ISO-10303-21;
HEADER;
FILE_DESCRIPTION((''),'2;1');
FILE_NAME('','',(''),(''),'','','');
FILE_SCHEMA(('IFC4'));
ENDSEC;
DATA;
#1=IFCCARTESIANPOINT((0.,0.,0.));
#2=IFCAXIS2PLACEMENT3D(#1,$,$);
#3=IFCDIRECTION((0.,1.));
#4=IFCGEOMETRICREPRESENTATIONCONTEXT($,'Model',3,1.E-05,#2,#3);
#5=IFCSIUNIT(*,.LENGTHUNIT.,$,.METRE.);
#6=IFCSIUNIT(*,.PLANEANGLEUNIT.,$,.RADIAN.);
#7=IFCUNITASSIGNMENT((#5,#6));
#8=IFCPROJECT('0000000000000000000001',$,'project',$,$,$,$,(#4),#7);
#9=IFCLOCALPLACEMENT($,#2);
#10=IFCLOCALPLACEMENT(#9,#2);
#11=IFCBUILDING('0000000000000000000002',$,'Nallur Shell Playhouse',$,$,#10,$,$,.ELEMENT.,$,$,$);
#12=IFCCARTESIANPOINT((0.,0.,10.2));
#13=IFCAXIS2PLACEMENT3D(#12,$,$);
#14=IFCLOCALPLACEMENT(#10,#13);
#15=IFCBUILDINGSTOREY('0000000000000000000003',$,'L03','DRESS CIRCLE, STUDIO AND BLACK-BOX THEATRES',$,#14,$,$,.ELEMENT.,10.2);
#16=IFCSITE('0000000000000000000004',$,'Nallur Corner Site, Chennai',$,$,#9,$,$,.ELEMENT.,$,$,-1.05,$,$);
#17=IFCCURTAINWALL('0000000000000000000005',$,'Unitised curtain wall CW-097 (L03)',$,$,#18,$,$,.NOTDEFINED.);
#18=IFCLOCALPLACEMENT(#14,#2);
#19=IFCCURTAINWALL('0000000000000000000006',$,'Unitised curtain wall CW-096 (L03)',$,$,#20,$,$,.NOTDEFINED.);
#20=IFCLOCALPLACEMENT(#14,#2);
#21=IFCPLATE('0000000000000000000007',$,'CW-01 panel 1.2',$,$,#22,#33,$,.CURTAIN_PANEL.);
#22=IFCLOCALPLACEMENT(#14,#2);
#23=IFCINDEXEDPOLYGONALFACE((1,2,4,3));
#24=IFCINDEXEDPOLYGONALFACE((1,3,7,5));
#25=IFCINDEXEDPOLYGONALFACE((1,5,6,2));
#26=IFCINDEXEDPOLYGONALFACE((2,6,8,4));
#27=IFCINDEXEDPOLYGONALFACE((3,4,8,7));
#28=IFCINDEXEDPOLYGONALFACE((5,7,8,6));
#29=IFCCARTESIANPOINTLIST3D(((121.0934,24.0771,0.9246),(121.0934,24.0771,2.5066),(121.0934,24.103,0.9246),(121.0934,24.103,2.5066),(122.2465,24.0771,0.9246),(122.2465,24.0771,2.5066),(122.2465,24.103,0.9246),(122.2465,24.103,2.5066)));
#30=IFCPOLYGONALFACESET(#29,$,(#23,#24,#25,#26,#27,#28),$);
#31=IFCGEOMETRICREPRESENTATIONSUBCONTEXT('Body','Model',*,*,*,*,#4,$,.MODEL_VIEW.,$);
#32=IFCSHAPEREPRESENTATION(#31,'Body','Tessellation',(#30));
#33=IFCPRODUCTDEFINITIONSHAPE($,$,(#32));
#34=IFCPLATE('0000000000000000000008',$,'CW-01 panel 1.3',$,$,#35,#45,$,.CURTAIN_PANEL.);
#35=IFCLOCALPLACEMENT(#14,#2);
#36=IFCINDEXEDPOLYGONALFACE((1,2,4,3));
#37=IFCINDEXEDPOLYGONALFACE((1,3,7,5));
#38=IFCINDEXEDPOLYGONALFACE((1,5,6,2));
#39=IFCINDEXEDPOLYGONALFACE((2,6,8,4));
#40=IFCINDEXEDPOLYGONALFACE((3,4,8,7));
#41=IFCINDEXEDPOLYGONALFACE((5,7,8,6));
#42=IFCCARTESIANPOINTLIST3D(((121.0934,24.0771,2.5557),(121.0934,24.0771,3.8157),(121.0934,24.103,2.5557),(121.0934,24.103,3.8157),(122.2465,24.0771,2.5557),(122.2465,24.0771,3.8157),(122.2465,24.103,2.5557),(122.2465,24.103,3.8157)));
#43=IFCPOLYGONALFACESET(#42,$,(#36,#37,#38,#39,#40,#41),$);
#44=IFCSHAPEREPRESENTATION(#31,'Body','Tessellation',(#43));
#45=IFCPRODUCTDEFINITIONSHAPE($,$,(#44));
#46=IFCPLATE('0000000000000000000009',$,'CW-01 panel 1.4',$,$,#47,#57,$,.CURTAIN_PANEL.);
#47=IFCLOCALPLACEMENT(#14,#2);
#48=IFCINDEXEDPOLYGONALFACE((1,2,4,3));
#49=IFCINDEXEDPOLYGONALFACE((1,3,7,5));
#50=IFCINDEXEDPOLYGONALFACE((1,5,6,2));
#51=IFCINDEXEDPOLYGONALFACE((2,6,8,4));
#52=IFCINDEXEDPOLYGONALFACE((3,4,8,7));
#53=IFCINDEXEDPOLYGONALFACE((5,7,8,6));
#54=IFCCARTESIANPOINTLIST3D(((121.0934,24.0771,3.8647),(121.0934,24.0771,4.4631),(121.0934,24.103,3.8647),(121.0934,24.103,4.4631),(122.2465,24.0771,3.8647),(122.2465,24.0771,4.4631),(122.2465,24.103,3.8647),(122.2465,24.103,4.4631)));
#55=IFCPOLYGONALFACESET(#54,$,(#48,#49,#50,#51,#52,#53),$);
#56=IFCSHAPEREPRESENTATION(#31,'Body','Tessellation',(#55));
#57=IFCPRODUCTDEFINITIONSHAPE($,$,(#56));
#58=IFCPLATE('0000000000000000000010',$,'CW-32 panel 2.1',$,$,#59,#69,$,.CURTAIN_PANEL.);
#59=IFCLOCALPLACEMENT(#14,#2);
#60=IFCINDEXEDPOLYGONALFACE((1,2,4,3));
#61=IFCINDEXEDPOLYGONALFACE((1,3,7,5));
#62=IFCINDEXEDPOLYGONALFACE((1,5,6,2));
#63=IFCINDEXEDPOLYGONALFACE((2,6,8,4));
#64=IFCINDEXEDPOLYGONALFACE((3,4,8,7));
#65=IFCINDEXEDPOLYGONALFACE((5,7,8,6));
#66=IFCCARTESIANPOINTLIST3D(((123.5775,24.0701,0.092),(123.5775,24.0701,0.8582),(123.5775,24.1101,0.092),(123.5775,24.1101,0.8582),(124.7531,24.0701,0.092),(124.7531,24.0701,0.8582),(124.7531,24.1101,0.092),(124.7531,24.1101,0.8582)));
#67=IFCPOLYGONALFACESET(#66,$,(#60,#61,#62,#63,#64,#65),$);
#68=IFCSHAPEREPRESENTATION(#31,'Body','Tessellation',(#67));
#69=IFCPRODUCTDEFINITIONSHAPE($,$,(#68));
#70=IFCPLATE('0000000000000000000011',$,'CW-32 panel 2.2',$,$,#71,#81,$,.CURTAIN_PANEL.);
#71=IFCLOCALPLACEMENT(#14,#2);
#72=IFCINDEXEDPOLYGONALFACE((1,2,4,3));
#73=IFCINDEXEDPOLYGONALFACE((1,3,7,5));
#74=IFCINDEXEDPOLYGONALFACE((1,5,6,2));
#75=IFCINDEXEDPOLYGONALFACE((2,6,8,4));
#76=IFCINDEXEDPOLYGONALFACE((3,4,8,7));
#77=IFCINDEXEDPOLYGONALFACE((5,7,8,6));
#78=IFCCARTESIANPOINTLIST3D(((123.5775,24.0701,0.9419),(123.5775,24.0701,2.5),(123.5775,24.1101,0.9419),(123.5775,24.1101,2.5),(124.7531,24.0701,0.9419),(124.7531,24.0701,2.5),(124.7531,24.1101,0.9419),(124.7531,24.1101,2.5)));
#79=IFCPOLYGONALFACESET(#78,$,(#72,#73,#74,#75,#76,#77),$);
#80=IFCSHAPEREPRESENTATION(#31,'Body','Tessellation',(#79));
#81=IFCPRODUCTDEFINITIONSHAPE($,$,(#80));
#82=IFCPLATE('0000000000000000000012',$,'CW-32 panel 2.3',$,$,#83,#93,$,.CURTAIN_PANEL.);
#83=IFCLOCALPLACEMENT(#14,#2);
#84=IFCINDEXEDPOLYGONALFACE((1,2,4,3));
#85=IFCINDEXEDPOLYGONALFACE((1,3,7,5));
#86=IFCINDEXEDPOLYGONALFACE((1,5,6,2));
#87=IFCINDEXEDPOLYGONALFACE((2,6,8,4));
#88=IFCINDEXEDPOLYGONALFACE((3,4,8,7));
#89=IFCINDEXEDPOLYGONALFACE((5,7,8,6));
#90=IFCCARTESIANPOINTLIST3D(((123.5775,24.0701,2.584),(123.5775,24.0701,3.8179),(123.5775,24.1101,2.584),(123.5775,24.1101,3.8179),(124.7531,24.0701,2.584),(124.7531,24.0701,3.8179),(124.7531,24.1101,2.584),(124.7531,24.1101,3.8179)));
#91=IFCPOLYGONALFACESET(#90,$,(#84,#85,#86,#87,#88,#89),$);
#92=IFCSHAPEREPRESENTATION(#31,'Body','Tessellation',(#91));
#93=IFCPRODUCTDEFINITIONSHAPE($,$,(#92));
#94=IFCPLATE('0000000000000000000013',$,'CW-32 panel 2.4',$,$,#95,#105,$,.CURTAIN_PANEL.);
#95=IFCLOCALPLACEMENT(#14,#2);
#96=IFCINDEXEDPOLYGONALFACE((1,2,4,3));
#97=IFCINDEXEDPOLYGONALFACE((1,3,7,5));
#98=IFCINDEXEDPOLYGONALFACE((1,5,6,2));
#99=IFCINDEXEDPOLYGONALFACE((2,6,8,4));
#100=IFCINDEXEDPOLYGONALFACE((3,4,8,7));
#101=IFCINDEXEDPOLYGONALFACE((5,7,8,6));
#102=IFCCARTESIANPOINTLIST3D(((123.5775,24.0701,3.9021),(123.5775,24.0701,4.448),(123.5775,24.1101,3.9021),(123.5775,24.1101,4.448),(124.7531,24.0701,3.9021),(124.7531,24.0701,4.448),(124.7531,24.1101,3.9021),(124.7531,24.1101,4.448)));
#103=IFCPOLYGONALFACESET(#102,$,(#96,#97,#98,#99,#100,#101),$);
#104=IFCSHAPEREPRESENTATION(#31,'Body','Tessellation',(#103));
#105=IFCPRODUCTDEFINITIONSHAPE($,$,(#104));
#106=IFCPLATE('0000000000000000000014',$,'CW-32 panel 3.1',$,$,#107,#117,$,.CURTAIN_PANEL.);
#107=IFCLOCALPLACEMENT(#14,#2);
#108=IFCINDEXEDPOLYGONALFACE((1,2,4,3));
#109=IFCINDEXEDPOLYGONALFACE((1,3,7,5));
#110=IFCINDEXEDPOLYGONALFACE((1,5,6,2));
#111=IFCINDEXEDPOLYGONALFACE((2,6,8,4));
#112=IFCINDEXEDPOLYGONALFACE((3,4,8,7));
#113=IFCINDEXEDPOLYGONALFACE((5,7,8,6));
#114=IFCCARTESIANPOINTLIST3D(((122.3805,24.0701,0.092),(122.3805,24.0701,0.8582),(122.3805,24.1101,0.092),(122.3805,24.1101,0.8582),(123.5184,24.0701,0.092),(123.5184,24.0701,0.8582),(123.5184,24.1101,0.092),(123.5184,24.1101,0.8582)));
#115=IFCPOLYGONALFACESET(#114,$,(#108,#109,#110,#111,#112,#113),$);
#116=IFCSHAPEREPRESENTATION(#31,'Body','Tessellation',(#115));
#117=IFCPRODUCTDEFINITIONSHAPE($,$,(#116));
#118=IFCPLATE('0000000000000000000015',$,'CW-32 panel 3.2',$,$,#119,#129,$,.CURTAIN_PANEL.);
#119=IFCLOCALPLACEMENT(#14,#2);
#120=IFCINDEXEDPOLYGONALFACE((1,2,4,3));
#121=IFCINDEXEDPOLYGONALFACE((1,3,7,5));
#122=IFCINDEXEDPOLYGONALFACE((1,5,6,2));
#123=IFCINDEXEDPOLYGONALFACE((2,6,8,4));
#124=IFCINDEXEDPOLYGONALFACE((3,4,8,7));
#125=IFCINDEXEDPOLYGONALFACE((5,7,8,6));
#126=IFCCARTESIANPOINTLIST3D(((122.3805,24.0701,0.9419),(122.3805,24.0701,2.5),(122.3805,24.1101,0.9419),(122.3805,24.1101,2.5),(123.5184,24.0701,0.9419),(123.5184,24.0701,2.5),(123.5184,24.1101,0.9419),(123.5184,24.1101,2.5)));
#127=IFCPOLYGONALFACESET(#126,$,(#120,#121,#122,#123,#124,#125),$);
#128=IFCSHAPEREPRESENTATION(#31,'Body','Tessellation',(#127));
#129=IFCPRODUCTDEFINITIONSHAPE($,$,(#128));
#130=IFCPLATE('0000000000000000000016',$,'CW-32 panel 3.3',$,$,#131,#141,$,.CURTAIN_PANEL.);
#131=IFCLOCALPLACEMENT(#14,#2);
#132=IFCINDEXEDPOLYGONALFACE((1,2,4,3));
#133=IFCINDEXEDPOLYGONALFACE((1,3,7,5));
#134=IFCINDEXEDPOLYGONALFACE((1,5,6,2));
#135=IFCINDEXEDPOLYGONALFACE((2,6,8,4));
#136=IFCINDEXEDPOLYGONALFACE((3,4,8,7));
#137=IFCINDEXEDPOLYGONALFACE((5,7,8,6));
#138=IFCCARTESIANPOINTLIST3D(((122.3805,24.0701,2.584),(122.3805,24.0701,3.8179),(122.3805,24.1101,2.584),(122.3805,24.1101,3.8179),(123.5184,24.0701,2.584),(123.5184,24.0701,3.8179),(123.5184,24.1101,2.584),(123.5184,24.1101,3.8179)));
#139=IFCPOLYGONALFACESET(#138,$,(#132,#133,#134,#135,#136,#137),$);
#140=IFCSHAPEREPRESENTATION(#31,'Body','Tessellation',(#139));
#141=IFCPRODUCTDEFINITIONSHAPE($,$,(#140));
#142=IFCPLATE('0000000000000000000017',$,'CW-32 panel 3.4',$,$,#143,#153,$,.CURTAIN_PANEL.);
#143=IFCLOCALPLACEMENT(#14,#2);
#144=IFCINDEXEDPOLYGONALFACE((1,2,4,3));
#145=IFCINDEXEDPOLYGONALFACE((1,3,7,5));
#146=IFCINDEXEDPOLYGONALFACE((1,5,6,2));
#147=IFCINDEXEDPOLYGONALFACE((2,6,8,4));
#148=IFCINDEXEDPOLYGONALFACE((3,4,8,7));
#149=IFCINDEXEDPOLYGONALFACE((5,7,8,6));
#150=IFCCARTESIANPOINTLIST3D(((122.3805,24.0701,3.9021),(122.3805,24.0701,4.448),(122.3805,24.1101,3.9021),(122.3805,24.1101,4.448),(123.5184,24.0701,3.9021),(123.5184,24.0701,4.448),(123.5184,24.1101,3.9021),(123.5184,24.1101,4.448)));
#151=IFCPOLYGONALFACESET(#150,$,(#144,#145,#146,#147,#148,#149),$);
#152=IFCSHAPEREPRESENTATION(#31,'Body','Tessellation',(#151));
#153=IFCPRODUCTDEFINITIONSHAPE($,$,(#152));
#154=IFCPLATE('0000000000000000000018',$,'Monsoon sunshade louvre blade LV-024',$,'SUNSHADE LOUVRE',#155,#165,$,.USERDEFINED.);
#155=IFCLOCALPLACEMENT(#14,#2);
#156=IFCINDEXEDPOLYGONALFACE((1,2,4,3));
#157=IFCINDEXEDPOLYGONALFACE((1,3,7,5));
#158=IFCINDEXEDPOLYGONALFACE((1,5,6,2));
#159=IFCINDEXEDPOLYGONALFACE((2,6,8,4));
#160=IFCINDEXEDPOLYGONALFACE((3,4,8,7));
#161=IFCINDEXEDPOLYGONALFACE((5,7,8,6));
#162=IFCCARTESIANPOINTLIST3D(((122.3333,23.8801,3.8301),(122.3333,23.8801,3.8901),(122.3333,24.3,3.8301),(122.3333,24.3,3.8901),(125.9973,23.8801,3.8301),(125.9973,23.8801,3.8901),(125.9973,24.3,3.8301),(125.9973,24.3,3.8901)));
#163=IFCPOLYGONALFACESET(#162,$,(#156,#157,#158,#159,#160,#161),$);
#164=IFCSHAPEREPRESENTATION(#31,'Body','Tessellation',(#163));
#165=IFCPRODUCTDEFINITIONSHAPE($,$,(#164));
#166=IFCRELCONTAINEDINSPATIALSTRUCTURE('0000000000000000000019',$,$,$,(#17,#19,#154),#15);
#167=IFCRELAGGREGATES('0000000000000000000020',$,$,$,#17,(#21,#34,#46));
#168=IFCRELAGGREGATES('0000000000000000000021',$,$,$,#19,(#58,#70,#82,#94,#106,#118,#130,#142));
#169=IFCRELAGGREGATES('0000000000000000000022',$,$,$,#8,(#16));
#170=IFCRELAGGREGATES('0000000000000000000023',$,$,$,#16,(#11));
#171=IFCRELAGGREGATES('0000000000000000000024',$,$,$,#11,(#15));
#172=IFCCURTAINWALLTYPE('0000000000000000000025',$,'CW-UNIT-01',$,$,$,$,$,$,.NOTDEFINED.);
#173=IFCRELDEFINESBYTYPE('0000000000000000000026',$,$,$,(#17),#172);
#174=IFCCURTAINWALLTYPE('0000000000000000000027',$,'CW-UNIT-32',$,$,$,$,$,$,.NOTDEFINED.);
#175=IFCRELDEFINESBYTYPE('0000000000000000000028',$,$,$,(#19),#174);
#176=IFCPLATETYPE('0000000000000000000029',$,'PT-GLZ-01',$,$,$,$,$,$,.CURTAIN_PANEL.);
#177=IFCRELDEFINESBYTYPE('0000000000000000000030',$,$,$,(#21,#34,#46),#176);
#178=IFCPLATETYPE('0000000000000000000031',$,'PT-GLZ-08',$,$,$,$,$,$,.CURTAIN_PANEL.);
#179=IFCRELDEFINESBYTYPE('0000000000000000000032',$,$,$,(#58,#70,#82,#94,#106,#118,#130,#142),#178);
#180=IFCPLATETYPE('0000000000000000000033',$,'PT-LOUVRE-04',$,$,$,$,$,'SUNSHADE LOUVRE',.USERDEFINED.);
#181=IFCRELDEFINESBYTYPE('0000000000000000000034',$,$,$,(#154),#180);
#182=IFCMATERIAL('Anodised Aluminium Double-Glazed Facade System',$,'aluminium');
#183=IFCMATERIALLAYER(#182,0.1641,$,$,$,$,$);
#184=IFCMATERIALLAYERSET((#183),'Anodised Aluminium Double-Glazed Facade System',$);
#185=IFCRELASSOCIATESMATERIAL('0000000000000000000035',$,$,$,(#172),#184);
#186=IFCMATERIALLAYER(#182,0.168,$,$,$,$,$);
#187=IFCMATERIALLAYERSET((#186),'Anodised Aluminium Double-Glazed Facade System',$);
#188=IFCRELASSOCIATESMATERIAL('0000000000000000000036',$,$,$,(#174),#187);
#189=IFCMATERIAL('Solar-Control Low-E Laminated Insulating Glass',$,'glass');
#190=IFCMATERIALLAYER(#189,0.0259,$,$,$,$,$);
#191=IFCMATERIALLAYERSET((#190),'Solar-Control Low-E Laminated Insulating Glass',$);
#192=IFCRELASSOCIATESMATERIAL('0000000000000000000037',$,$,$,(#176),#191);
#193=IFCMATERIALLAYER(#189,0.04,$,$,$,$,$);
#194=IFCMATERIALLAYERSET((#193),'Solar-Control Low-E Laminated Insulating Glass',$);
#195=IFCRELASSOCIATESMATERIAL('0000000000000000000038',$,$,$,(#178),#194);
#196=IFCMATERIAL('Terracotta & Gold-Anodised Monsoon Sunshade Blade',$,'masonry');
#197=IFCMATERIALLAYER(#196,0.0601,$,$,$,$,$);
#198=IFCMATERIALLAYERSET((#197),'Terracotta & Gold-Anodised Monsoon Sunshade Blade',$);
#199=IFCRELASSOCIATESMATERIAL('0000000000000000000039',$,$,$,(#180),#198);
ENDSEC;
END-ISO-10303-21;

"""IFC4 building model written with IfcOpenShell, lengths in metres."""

from ifc_helpers import new_model, si_unit, direction, frame, origin, origin_2d, place, context, subcontext, project, spatial, rectangle, extrude, material, layer, layer_set, type_object, element, aggregate, save


model = new_model("IFC4")

# Units and contexts
model_context = context("Model", 3, precision=1e-05, world=origin(), true_north=direction((0.0, 1.0)))
body_context = subcontext(model_context, "Body", "Model", "MODEL_VIEW")
ifc_project = project(units=[si_unit("LENGTHUNIT", "METRE"), si_unit("PLANEANGLEUNIT", "RADIAN")], contexts=[model_context])

# Site, building, storey
site_placement = place(None, origin())
site = spatial("IfcSite", under=ifc_project, at=site_placement, Name="Nallur Corner Site, Chennai", CompositionType="ELEMENT", RefElevation=-1.05)
building_placement = place(site_placement, origin())
building = spatial("IfcBuilding", under=site, at=building_placement, Name="Nallur Shell Playhouse", CompositionType="ELEMENT")
storey_placement = place(building_placement, frame((0.0, 0.0, 10.2)))
storey = spatial("IfcBuildingStorey", under=building, at=storey_placement, Name="L03", Description="DRESS CIRCLE, STUDIO AND BLACK-BOX THEATRES", CompositionType="ELEMENT", Elevation=10.2)

# Curtain walls
ifc_material_1 = material(Name="Anodised Aluminium Double-Glazed Facade System", Category="aluminium")
ifc_layer_1 = layer(ifc_material_1, 0.1641)
ifc_layer_set_1 = layer_set([ifc_layer_1], Name="Anodised Aluminium Double-Glazed Facade System")
curtain_wall_type_1 = type_object("IfcCurtainWallType", Name="CW-UNIT-01", PredefinedType="NOTDEFINED", material=ifc_layer_set_1)
curtain_wall_1_placement = place(storey_placement, origin())
curtain_wall_1 = element("IfcCurtainWall", 1, at=curtain_wall_1_placement, inside=storey, type_object=curtain_wall_type_1, Name="Unitised curtain wall CW-097 (L03)", PredefinedType="NOTDEFINED")
ifc_layer_2 = layer(ifc_material_1, 0.168)
ifc_layer_set_2 = layer_set([ifc_layer_2], Name="Anodised Aluminium Double-Glazed Facade System")
curtain_wall_type_2 = type_object("IfcCurtainWallType", Name="CW-UNIT-32", PredefinedType="NOTDEFINED", material=ifc_layer_set_2)
curtain_wall_2_placement = place(storey_placement, origin())
curtain_wall_2 = element("IfcCurtainWall", 2, at=curtain_wall_2_placement, inside=storey, type_object=curtain_wall_type_2, Name="Unitised curtain wall CW-096 (L03)", PredefinedType="NOTDEFINED")

# Plates
ifc_material_2 = material(Name="Solar-Control Low-E Laminated Insulating Glass", Category="glass")
ifc_layer_3 = layer(ifc_material_2, 0.0259)
ifc_layer_set_3 = layer_set([ifc_layer_3], Name="Solar-Control Low-E Laminated Insulating Glass")
plate_type_1 = type_object("IfcPlateType", Name="PT-GLZ-01", PredefinedType="CURTAIN_PANEL", material=ifc_layer_set_3)
plate_1_placement = place(storey_placement, frame((121.6699, 24.0901, 0.9246), z_axis=(0.0, 0.0, 1.0), x_axis=(-1.0, 0.0, 0.0)))
plate_1 = element("IfcPlate", 3, at=plate_1_placement, type_object=plate_type_1, Name="CW-01 panel 1.2", PredefinedType="CURTAIN_PANEL", context=body_context, shape_type="SweptSolid", body=[
    extrude(rectangle(XDim=1.1531, YDim=0.0259, at=origin_2d()), origin(), (0.0, 0.0, 1.0), 1.582),
])
plate_2_placement = place(storey_placement, frame((121.6699, 24.0901, 2.5557), z_axis=(0.0, 0.0, 1.0), x_axis=(-1.0, 0.0, 0.0)))
plate_2 = element("IfcPlate", 4, at=plate_2_placement, type_object=plate_type_1, Name="CW-01 panel 1.3", PredefinedType="CURTAIN_PANEL", context=body_context, shape_type="SweptSolid", body=[
    extrude(rectangle(XDim=1.1531, YDim=0.0259, at=origin_2d()), origin(), (0.0, 0.0, 1.0), 1.26),
])
plate_3_placement = place(storey_placement, frame((121.6699, 24.0901, 3.8647), z_axis=(0.0, 0.0, 1.0), x_axis=(-1.0, 0.0, 0.0)))
plate_3 = element("IfcPlate", 5, at=plate_3_placement, type_object=plate_type_1, Name="CW-01 panel 1.4", PredefinedType="CURTAIN_PANEL", context=body_context, shape_type="SweptSolid", body=[
    extrude(rectangle(XDim=1.1531, YDim=0.0259, at=origin_2d()), origin(), (0.0, 0.0, 1.0), 0.5984),
])
aggregate(curtain_wall_1, [plate_1, plate_2, plate_3])
ifc_layer_4 = layer(ifc_material_2, 0.04)
ifc_layer_set_4 = layer_set([ifc_layer_4], Name="Solar-Control Low-E Laminated Insulating Glass")
plate_type_2 = type_object("IfcPlateType", Name="PT-GLZ-08", PredefinedType="CURTAIN_PANEL", material=ifc_layer_set_4)
plate_4_placement = place(storey_placement, frame((124.1653, 24.0901, 0.092), z_axis=(0.0, 0.0, 1.0), x_axis=(-1.0, 0.0, 0.0)))
plate_4 = element("IfcPlate", 6, at=plate_4_placement, type_object=plate_type_2, Name="CW-32 panel 2.1", PredefinedType="CURTAIN_PANEL", context=body_context, shape_type="SweptSolid", body=[
    extrude(rectangle(XDim=1.1755, YDim=0.04, at=origin_2d()), origin(), (0.0, 0.0, 1.0), 0.7661),
])
plate_5_placement = place(storey_placement, frame((124.1653, 24.0901, 0.9419), z_axis=(0.0, 0.0, 1.0), x_axis=(-1.0, 0.0, 0.0)))
plate_5 = element("IfcPlate", 7, at=plate_5_placement, type_object=plate_type_2, Name="CW-32 panel 2.2", PredefinedType="CURTAIN_PANEL", context=body_context, shape_type="SweptSolid", body=[
    extrude(rectangle(XDim=1.1755, YDim=0.04, at=origin_2d()), origin(), (0.0, 0.0, 1.0), 1.5581),
])
plate_6_placement = place(storey_placement, frame((124.1653, 24.0901, 2.584), z_axis=(0.0, 0.0, 1.0), x_axis=(-1.0, 0.0, 0.0)))
plate_6 = element("IfcPlate", 8, at=plate_6_placement, type_object=plate_type_2, Name="CW-32 panel 2.3", PredefinedType="CURTAIN_PANEL", context=body_context, shape_type="SweptSolid", body=[
    extrude(rectangle(XDim=1.1755, YDim=0.04, at=origin_2d()), origin(), (0.0, 0.0, 1.0), 1.2339),
])
plate_7_placement = place(storey_placement, frame((124.1653, 24.0901, 3.9021), z_axis=(0.0, 0.0, 1.0), x_axis=(-1.0, 0.0, 0.0)))
plate_7 = element("IfcPlate", 9, at=plate_7_placement, type_object=plate_type_2, Name="CW-32 panel 2.4", PredefinedType="CURTAIN_PANEL", context=body_context, shape_type="SweptSolid", body=[
    extrude(rectangle(XDim=1.1755, YDim=0.04, at=origin_2d()), origin(), (0.0, 0.0, 1.0), 0.5459),
])
plate_8_placement = place(storey_placement, frame((122.9495, 24.0901, 0.092), z_axis=(0.0, 0.0, 1.0), x_axis=(-1.0, 0.0, 0.0)))
plate_8 = element("IfcPlate", 10, at=plate_8_placement, type_object=plate_type_2, Name="CW-32 panel 3.1", PredefinedType="CURTAIN_PANEL", context=body_context, shape_type="SweptSolid", body=[
    extrude(rectangle(XDim=1.1379, YDim=0.04, at=origin_2d()), origin(), (0.0, 0.0, 1.0), 0.7661),
])
plate_9_placement = place(storey_placement, frame((122.9495, 24.0901, 0.9419), z_axis=(0.0, 0.0, 1.0), x_axis=(-1.0, 0.0, 0.0)))
plate_9 = element("IfcPlate", 11, at=plate_9_placement, type_object=plate_type_2, Name="CW-32 panel 3.2", PredefinedType="CURTAIN_PANEL", context=body_context, shape_type="SweptSolid", body=[
    extrude(rectangle(XDim=1.1379, YDim=0.04, at=origin_2d()), origin(), (0.0, 0.0, 1.0), 1.5581),
])
plate_10_placement = place(storey_placement, frame((122.9495, 24.0901, 2.584), z_axis=(0.0, 0.0, 1.0), x_axis=(-1.0, 0.0, 0.0)))
plate_10 = element("IfcPlate", 12, at=plate_10_placement, type_object=plate_type_2, Name="CW-32 panel 3.3", PredefinedType="CURTAIN_PANEL", context=body_context, shape_type="SweptSolid", body=[
    extrude(rectangle(XDim=1.1379, YDim=0.04, at=origin_2d()), origin(), (0.0, 0.0, 1.0), 1.2339),
])
plate_11_placement = place(storey_placement, frame((122.9495, 24.0901, 3.9021), z_axis=(0.0, 0.0, 1.0), x_axis=(-1.0, 0.0, 0.0)))
plate_11 = element("IfcPlate", 13, at=plate_11_placement, type_object=plate_type_2, Name="CW-32 panel 3.4", PredefinedType="CURTAIN_PANEL", context=body_context, shape_type="SweptSolid", body=[
    extrude(rectangle(XDim=1.1379, YDim=0.04, at=origin_2d()), origin(), (0.0, 0.0, 1.0), 0.5459),
])
aggregate(curtain_wall_2, [plate_4, plate_5, plate_6, plate_7, plate_8, plate_9, plate_10, plate_11])
ifc_material_3 = material(Name="Terracotta & Gold-Anodised Monsoon Sunshade Blade", Category="masonry")
ifc_layer_5 = layer(ifc_material_3, 0.0601)
ifc_layer_set_5 = layer_set([ifc_layer_5], Name="Terracotta & Gold-Anodised Monsoon Sunshade Blade")
plate_type_3 = type_object("IfcPlateType", Name="PT-LOUVRE-04", ElementType="SUNSHADE LOUVRE", PredefinedType="USERDEFINED", material=ifc_layer_set_5)
plate_12_placement = place(storey_placement, frame((124.1653, 24.0901, 3.8301), z_axis=(0.0, 0.0, 1.0), x_axis=(-1.0, 0.0, 0.0)))
element("IfcPlate", 14, at=plate_12_placement, inside=storey, type_object=plate_type_3, Name="Monsoon sunshade louvre blade LV-024", ObjectType="SUNSHADE LOUVRE", PredefinedType="USERDEFINED", context=body_context, shape_type="SweptSolid", body=[
    extrude(rectangle(XDim=3.6641, YDim=0.4199, at=origin_2d()), origin(), (0.0, 0.0, 1.0), 0.0601),
])

save(model, "model.ifc")
